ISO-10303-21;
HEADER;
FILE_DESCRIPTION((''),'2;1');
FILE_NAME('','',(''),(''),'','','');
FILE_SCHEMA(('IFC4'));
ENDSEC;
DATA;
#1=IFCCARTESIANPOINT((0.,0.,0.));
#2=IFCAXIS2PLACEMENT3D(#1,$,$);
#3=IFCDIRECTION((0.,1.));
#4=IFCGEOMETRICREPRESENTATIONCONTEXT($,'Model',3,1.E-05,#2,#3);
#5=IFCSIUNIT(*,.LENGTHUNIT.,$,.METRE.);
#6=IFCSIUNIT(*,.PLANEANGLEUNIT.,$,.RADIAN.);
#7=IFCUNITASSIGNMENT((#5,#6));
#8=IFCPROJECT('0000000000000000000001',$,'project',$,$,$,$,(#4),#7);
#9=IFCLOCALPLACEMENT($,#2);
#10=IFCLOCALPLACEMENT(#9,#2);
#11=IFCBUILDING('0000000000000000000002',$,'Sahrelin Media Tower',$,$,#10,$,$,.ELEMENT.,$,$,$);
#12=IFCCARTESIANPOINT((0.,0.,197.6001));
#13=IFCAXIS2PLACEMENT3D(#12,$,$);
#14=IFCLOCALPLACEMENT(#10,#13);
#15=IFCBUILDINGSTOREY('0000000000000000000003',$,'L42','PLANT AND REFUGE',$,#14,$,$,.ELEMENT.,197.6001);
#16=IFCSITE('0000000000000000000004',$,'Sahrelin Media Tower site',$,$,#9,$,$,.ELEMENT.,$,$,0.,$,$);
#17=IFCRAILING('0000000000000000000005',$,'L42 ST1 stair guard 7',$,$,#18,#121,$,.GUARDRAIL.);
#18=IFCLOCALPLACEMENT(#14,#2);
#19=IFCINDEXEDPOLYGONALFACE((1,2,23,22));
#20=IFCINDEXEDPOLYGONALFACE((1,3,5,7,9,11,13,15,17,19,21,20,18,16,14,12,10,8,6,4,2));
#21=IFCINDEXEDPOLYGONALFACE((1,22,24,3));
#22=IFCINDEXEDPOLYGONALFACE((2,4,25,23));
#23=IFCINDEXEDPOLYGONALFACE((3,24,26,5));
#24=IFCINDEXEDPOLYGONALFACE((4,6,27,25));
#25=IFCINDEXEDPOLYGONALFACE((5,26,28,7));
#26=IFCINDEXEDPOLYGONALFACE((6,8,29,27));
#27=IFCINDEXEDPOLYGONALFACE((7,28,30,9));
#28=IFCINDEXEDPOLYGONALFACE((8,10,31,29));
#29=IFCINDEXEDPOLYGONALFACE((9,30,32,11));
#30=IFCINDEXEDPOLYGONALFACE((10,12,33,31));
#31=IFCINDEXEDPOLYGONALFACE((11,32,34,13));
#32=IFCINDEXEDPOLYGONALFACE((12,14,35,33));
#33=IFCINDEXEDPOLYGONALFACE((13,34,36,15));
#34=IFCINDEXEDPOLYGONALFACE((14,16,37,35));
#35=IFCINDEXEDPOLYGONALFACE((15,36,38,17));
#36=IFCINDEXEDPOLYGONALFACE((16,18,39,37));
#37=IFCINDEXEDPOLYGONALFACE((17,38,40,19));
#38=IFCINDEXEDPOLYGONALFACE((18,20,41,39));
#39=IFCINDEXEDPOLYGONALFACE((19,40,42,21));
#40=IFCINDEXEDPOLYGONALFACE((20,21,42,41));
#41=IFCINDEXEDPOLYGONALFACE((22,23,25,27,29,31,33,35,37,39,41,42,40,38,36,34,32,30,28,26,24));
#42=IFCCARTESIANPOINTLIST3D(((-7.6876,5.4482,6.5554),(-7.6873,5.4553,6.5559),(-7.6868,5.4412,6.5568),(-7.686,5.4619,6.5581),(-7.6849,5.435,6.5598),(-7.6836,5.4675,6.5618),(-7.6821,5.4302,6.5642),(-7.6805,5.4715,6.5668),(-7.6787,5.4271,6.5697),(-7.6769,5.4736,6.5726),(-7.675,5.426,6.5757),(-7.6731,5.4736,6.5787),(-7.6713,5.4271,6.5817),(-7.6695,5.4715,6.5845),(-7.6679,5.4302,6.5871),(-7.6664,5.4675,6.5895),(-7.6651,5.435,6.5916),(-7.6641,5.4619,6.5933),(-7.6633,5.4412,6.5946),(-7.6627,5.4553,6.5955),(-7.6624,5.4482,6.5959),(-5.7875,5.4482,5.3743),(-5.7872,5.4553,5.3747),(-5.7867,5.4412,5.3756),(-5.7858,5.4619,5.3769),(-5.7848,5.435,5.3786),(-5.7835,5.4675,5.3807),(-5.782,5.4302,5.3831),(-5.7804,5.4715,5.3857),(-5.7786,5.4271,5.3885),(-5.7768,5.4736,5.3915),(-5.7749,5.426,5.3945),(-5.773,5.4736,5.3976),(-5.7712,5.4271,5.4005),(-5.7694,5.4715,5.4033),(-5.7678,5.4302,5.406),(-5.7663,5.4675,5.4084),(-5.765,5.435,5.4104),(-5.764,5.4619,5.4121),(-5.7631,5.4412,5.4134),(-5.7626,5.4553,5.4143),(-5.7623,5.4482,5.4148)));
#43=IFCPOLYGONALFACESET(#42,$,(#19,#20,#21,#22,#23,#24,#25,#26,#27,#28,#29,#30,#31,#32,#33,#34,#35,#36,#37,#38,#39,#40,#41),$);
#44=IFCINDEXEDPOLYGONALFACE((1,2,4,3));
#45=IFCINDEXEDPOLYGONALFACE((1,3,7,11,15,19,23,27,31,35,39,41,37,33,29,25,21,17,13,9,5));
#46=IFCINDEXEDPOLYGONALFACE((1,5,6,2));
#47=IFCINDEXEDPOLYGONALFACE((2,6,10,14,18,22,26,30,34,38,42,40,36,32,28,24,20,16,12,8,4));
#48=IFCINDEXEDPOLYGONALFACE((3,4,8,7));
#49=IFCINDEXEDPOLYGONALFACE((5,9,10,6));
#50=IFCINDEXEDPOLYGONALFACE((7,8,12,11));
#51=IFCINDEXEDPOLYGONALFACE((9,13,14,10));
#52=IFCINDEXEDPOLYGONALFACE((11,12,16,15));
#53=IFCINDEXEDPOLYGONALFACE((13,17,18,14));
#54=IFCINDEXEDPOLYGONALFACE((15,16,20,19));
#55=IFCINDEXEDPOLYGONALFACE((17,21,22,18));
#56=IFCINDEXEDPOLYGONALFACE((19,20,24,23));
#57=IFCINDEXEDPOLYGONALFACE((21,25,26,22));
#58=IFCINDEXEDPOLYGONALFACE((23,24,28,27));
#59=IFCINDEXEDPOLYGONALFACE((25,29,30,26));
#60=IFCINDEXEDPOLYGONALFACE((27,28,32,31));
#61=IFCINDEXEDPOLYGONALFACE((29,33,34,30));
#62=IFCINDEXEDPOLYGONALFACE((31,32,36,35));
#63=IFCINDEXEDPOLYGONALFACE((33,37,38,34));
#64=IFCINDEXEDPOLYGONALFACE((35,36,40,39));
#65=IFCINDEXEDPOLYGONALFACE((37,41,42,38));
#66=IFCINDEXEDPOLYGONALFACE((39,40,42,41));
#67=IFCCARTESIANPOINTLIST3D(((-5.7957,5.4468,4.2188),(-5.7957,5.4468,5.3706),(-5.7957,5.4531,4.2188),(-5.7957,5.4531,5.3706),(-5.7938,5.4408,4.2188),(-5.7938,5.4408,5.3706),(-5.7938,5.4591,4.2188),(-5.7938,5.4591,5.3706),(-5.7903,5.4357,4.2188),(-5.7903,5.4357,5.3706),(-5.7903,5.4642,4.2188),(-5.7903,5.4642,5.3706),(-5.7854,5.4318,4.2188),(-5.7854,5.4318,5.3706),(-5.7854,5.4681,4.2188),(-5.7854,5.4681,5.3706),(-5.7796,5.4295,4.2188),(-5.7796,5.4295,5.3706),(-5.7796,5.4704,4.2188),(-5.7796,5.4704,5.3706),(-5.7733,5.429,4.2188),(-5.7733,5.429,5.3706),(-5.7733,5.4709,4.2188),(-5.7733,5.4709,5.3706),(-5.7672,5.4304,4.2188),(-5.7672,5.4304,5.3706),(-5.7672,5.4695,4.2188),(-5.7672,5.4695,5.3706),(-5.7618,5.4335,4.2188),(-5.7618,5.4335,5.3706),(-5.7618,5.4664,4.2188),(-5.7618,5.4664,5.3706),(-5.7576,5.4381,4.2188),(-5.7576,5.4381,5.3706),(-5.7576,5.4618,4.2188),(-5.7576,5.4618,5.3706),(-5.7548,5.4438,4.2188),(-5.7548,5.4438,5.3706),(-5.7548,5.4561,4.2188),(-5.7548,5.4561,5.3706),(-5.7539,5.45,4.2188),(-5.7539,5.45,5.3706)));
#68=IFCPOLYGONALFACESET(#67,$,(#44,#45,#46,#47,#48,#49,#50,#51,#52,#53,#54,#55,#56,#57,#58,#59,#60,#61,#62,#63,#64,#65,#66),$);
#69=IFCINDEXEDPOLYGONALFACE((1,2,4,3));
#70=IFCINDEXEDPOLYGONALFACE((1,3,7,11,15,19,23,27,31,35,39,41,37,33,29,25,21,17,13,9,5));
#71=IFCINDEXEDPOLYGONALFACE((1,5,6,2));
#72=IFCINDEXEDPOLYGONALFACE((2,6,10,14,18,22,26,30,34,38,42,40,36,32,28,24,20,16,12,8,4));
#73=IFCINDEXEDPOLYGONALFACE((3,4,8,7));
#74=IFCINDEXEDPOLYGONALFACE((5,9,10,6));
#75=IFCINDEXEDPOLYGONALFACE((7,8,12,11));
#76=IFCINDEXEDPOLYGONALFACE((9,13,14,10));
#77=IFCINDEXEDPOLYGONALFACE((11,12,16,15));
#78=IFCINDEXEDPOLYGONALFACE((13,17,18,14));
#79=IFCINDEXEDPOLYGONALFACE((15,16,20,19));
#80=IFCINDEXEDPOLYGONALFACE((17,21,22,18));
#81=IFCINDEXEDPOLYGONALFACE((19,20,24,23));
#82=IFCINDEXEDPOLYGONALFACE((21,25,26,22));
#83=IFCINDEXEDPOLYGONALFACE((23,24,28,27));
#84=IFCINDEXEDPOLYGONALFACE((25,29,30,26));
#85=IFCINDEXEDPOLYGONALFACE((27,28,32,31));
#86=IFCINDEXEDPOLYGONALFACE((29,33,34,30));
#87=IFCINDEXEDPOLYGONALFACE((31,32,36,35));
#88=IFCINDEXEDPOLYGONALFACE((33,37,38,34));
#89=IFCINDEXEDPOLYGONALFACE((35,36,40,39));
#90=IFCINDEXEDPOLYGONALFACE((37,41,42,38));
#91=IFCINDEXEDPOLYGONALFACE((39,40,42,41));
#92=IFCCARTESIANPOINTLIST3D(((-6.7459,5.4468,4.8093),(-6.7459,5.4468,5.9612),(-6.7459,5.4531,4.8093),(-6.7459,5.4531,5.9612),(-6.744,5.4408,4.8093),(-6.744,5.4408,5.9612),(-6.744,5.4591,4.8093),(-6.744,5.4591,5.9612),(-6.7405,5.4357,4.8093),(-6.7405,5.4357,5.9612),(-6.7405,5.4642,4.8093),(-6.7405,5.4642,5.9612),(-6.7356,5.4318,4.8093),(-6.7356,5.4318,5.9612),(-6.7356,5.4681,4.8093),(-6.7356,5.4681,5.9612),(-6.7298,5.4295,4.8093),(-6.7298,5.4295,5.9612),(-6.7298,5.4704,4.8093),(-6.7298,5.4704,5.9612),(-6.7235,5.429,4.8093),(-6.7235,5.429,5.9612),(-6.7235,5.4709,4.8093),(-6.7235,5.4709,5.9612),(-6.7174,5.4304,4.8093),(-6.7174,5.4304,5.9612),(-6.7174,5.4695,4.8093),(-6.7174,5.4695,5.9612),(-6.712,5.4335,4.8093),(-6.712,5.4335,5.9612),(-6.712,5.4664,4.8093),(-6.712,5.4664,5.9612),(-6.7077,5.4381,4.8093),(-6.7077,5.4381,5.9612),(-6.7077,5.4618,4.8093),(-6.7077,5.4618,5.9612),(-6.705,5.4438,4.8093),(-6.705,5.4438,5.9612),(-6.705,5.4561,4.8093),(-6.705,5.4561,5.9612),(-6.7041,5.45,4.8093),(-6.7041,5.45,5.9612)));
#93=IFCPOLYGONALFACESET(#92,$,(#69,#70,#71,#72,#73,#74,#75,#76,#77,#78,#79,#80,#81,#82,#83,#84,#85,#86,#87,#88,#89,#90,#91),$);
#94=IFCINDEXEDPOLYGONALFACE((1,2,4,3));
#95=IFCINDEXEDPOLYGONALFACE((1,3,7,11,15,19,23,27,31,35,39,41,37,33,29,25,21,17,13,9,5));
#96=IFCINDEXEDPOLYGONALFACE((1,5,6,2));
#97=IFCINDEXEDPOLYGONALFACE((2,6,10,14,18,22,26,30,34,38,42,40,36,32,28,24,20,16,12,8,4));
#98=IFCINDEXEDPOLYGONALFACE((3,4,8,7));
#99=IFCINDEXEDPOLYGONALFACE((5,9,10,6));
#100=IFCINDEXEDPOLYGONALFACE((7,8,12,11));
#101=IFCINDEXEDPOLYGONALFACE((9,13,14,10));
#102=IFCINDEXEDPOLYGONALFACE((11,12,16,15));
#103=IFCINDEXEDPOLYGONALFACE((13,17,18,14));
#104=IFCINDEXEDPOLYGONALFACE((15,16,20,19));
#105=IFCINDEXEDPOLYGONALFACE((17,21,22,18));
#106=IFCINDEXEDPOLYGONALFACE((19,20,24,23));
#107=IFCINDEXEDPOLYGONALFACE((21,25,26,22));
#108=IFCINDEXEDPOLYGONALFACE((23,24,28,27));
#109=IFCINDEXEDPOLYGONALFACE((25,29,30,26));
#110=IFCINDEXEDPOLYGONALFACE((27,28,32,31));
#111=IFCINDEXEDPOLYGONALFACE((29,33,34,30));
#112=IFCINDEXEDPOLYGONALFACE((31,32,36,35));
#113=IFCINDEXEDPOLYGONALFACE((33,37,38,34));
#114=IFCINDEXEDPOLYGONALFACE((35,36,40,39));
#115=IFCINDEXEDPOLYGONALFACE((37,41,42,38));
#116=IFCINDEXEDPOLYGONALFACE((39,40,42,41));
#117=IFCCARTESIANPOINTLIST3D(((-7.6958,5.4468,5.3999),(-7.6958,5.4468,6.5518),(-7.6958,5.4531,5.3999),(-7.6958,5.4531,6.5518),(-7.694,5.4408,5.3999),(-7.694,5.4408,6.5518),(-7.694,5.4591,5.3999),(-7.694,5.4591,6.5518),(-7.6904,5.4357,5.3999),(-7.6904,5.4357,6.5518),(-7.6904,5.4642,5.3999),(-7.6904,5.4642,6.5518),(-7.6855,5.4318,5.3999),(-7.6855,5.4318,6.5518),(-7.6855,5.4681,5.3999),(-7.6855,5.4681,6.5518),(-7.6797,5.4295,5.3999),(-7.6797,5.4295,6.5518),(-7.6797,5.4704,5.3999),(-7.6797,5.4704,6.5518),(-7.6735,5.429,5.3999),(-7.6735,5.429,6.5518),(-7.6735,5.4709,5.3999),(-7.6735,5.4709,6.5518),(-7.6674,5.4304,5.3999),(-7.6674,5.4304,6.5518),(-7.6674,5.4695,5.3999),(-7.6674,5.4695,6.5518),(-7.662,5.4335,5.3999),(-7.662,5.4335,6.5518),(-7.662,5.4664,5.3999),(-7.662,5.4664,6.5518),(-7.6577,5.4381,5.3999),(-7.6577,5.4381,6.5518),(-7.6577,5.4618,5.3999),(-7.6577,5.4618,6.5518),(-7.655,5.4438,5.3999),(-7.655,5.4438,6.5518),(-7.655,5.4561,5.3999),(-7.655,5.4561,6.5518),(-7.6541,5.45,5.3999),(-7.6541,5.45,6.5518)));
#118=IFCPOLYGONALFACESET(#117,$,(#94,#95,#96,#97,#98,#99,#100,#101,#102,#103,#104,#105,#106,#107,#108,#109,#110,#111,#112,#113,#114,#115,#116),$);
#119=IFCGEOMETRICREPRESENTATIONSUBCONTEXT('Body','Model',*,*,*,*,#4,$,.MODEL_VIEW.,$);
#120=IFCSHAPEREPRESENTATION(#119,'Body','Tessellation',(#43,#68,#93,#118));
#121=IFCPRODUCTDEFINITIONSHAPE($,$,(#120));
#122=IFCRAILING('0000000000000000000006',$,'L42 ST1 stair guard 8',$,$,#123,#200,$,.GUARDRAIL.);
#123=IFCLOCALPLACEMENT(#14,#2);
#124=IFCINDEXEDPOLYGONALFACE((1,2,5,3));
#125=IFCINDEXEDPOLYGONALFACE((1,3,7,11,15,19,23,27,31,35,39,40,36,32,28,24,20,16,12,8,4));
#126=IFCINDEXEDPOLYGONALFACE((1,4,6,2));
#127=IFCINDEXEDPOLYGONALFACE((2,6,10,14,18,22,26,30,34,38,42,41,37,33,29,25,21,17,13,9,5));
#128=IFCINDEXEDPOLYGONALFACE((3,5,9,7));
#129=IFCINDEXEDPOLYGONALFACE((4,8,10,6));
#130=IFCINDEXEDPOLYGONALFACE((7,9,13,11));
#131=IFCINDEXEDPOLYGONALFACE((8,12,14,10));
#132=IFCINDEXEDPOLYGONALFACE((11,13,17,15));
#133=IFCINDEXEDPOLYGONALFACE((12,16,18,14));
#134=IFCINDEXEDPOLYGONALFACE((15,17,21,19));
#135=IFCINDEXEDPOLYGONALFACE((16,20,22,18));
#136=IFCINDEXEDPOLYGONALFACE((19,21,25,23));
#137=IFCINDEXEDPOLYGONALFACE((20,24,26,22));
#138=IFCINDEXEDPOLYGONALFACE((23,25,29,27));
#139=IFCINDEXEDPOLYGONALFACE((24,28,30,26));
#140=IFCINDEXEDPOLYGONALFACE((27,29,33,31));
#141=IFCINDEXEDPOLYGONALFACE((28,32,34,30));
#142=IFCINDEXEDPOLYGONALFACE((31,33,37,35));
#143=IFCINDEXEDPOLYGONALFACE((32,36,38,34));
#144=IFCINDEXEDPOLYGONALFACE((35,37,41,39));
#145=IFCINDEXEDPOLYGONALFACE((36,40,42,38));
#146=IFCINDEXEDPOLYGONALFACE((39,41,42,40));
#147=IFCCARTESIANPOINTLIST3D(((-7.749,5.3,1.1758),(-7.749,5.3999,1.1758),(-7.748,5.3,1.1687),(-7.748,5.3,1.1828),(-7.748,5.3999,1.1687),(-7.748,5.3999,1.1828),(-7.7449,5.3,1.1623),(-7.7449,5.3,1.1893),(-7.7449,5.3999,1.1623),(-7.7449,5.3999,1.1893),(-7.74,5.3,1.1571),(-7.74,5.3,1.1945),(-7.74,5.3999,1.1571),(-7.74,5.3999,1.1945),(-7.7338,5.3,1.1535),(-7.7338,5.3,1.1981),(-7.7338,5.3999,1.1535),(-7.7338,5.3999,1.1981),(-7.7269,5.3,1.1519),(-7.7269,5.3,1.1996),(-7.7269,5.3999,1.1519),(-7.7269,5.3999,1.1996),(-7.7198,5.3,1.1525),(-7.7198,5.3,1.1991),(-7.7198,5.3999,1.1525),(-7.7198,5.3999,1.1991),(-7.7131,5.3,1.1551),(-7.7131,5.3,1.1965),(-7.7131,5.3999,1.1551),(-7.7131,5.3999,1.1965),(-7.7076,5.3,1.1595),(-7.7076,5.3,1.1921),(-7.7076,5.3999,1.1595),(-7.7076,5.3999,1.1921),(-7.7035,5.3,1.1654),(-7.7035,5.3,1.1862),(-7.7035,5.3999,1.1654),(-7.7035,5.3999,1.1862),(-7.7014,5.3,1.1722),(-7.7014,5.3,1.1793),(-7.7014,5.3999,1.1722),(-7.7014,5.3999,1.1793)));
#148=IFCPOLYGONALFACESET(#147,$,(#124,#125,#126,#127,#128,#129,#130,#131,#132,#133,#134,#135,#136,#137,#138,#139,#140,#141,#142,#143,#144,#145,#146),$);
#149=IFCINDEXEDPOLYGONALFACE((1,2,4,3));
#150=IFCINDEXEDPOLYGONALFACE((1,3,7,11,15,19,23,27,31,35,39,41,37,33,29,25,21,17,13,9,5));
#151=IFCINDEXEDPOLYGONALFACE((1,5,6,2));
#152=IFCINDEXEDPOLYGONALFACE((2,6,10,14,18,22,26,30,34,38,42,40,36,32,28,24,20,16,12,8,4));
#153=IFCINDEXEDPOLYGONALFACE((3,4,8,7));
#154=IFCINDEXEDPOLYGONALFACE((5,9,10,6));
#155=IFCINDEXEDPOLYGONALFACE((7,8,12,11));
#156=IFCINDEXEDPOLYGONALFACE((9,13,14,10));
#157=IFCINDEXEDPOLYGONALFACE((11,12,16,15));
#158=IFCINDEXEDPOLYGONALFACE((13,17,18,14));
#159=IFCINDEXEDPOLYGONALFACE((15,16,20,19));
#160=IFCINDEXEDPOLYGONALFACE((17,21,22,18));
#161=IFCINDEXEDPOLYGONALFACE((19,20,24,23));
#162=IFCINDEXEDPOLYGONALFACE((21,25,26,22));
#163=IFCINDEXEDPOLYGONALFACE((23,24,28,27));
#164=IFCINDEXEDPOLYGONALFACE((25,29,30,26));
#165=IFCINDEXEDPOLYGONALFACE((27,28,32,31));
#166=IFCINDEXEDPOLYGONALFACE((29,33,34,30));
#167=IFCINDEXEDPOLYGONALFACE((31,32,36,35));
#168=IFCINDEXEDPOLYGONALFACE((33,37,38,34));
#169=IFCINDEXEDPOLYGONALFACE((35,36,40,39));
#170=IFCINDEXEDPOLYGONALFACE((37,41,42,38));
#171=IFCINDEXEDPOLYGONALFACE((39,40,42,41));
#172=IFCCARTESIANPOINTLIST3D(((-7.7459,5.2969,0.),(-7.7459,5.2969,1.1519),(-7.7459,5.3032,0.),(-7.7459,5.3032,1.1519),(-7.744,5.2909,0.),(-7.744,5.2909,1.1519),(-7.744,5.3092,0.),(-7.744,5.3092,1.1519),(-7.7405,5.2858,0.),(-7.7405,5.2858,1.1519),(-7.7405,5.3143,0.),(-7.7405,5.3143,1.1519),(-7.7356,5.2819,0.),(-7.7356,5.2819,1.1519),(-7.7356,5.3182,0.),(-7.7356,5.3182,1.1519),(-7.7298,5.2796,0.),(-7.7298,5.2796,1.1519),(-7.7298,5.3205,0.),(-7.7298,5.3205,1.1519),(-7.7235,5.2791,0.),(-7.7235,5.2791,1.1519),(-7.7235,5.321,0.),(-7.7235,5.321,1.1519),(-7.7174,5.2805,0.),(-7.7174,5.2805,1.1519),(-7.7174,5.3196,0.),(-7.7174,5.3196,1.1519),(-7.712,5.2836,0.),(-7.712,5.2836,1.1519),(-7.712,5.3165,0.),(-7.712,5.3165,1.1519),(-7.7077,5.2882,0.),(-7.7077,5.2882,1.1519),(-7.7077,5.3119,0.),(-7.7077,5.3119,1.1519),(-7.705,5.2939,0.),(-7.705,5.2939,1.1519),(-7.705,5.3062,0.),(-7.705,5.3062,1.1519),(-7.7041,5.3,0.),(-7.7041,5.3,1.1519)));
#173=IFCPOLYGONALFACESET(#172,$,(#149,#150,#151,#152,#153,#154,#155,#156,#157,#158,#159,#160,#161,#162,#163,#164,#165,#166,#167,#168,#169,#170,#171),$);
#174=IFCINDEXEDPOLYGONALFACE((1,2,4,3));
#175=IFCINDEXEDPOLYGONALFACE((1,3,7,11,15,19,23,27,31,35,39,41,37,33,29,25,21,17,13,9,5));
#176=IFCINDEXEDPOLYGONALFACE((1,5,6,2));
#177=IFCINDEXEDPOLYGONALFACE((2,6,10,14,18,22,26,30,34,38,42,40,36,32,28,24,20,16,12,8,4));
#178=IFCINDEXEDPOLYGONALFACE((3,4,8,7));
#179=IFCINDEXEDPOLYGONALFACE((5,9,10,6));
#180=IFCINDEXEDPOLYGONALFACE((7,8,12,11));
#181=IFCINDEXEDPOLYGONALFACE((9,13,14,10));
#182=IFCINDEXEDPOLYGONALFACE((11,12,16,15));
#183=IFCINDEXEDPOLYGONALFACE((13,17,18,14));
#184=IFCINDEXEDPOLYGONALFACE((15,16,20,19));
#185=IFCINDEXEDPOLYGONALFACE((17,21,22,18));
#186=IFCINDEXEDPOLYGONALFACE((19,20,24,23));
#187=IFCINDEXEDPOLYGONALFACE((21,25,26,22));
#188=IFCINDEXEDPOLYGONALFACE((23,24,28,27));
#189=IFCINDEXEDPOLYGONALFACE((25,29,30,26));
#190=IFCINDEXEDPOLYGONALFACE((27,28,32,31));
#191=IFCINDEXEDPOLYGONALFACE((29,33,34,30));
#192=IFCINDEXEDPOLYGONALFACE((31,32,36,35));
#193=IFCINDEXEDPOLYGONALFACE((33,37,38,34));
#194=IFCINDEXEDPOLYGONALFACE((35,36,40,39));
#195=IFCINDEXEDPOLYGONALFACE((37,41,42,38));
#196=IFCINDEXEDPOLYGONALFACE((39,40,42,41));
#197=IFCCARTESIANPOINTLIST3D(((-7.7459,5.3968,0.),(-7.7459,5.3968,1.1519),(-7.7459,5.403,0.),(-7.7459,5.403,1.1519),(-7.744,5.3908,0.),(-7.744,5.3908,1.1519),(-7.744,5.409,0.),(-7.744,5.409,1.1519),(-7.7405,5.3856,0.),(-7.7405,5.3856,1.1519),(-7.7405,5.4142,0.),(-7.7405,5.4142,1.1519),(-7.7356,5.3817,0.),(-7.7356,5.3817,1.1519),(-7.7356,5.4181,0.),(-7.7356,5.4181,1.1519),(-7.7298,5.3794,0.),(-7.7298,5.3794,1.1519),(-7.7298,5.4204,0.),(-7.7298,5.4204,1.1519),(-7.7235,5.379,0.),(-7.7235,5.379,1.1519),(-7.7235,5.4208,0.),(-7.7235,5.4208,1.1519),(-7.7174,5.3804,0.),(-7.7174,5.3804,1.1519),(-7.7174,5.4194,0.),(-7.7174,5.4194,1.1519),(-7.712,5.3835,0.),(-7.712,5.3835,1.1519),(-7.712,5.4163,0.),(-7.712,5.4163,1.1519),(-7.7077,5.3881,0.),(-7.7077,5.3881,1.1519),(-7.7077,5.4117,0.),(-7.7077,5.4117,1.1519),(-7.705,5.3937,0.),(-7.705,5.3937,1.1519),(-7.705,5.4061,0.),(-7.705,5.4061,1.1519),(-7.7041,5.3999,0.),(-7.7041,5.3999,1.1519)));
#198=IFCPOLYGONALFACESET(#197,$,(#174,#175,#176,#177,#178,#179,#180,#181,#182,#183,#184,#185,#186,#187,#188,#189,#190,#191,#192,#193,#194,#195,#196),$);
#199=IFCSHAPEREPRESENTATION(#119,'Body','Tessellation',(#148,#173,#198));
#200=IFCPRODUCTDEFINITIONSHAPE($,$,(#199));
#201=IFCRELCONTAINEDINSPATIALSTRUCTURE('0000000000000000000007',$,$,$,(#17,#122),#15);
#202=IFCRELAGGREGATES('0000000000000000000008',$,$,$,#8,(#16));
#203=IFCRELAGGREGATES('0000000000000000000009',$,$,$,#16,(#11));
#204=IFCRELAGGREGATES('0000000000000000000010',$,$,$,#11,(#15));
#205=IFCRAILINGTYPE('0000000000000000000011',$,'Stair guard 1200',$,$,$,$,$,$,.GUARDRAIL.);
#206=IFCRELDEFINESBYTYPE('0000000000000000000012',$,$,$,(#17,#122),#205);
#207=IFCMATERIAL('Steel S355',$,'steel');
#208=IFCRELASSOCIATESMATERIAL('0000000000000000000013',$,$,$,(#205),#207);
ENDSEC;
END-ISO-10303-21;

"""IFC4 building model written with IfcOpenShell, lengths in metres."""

from ifc_helpers import new_model, si_unit, direction, frame, origin, origin_2d, place, context, subcontext, project, spatial, circle, extrude, material, type_object, element, save


model = new_model("IFC4")

# Units and contexts
model_context = context("Model", 3, precision=1e-05, world=origin(), true_north=direction((0.0, 1.0)))
body_context = subcontext(model_context, "Body", "Model", "MODEL_VIEW")
ifc_project = project(units=[si_unit("LENGTHUNIT", "METRE"), si_unit("PLANEANGLEUNIT", "RADIAN")], contexts=[model_context])

# Site, building, storey
site_placement = place(None, origin())
site = spatial("IfcSite", under=ifc_project, at=site_placement, Name="Sahrelin Media Tower site", CompositionType="ELEMENT", RefElevation=0.0)
building_placement = place(site_placement, origin())
building = spatial("IfcBuilding", under=site, at=building_placement, Name="Sahrelin Media Tower", CompositionType="ELEMENT")
storey_placement = place(building_placement, frame((0.0, 0.0, 197.6001)))
storey = spatial("IfcBuildingStorey", under=building, at=storey_placement, Name="L42", Description="PLANT AND REFUGE", CompositionType="ELEMENT", Elevation=197.6001)

# Shared definitions
ifc_material_1 = material(Name="Steel S355", Category="steel")

# Railings
railing_type_1 = type_object("IfcRailingType", Name="Stair guard 1200", PredefinedType="GUARDRAIL", material=ifc_material_1)
railing_1_placement = place(storey_placement, frame((-5.7749, 5.45, 4.2188)))
element("IfcRailing", 1, at=railing_1_placement, inside=storey, type_object=railing_type_1, Name="L42 ST1 stair guard 7", PredefinedType="GUARDRAIL", context=body_context, shape_type="SweptSolid", body=[
    extrude(circle(Radius=0.0239, at=origin_2d()), frame((0.0, 0.0, 1.1758), z_axis=(-0.849289, 0.0, 0.527928), x_axis=(0.0, -1.0, 0.0)), (0.0, 0.0, 1.0), 2.2373),
    extrude(circle(Radius=0.021, at=origin_2d()), origin(), (0.0, 0.0, 1.0), 1.1519),
    extrude(circle(Radius=0.021, at=origin_2d()), frame((-0.9502, 0.0, 0.5906)), (0.0, 0.0, 1.0), 1.1519),
    extrude(circle(Radius=0.021, at=origin_2d()), frame((-1.9001, 0.0, 1.1812)), (0.0, 0.0, 1.0), 1.1519),
])
railing_2_placement = place(storey_placement, frame((-7.7251, 5.3, 0.0)))
element("IfcRailing", 2, at=railing_2_placement, inside=storey, type_object=railing_type_1, Name="L42 ST1 stair guard 8", PredefinedType="GUARDRAIL", context=body_context, shape_type="SweptSolid", body=[
    extrude(circle(Radius=0.0239, at=origin_2d()), frame((0.0, 0.0, 1.1758), z_axis=(0.0, 1.0, 0.0), x_axis=(-1.0, 0.0, 0.0)), (0.0, 0.0, 1.0), 0.0999),
    extrude(circle(Radius=0.021, at=origin_2d()), origin(), (0.0, 0.0, 1.0), 1.1519),
    extrude(circle(Radius=0.021, at=origin_2d()), frame((0.0, 0.0999, 0.0)), (0.0, 0.0, 1.0), 1.1519),
])

save(model, "model.ifc")
